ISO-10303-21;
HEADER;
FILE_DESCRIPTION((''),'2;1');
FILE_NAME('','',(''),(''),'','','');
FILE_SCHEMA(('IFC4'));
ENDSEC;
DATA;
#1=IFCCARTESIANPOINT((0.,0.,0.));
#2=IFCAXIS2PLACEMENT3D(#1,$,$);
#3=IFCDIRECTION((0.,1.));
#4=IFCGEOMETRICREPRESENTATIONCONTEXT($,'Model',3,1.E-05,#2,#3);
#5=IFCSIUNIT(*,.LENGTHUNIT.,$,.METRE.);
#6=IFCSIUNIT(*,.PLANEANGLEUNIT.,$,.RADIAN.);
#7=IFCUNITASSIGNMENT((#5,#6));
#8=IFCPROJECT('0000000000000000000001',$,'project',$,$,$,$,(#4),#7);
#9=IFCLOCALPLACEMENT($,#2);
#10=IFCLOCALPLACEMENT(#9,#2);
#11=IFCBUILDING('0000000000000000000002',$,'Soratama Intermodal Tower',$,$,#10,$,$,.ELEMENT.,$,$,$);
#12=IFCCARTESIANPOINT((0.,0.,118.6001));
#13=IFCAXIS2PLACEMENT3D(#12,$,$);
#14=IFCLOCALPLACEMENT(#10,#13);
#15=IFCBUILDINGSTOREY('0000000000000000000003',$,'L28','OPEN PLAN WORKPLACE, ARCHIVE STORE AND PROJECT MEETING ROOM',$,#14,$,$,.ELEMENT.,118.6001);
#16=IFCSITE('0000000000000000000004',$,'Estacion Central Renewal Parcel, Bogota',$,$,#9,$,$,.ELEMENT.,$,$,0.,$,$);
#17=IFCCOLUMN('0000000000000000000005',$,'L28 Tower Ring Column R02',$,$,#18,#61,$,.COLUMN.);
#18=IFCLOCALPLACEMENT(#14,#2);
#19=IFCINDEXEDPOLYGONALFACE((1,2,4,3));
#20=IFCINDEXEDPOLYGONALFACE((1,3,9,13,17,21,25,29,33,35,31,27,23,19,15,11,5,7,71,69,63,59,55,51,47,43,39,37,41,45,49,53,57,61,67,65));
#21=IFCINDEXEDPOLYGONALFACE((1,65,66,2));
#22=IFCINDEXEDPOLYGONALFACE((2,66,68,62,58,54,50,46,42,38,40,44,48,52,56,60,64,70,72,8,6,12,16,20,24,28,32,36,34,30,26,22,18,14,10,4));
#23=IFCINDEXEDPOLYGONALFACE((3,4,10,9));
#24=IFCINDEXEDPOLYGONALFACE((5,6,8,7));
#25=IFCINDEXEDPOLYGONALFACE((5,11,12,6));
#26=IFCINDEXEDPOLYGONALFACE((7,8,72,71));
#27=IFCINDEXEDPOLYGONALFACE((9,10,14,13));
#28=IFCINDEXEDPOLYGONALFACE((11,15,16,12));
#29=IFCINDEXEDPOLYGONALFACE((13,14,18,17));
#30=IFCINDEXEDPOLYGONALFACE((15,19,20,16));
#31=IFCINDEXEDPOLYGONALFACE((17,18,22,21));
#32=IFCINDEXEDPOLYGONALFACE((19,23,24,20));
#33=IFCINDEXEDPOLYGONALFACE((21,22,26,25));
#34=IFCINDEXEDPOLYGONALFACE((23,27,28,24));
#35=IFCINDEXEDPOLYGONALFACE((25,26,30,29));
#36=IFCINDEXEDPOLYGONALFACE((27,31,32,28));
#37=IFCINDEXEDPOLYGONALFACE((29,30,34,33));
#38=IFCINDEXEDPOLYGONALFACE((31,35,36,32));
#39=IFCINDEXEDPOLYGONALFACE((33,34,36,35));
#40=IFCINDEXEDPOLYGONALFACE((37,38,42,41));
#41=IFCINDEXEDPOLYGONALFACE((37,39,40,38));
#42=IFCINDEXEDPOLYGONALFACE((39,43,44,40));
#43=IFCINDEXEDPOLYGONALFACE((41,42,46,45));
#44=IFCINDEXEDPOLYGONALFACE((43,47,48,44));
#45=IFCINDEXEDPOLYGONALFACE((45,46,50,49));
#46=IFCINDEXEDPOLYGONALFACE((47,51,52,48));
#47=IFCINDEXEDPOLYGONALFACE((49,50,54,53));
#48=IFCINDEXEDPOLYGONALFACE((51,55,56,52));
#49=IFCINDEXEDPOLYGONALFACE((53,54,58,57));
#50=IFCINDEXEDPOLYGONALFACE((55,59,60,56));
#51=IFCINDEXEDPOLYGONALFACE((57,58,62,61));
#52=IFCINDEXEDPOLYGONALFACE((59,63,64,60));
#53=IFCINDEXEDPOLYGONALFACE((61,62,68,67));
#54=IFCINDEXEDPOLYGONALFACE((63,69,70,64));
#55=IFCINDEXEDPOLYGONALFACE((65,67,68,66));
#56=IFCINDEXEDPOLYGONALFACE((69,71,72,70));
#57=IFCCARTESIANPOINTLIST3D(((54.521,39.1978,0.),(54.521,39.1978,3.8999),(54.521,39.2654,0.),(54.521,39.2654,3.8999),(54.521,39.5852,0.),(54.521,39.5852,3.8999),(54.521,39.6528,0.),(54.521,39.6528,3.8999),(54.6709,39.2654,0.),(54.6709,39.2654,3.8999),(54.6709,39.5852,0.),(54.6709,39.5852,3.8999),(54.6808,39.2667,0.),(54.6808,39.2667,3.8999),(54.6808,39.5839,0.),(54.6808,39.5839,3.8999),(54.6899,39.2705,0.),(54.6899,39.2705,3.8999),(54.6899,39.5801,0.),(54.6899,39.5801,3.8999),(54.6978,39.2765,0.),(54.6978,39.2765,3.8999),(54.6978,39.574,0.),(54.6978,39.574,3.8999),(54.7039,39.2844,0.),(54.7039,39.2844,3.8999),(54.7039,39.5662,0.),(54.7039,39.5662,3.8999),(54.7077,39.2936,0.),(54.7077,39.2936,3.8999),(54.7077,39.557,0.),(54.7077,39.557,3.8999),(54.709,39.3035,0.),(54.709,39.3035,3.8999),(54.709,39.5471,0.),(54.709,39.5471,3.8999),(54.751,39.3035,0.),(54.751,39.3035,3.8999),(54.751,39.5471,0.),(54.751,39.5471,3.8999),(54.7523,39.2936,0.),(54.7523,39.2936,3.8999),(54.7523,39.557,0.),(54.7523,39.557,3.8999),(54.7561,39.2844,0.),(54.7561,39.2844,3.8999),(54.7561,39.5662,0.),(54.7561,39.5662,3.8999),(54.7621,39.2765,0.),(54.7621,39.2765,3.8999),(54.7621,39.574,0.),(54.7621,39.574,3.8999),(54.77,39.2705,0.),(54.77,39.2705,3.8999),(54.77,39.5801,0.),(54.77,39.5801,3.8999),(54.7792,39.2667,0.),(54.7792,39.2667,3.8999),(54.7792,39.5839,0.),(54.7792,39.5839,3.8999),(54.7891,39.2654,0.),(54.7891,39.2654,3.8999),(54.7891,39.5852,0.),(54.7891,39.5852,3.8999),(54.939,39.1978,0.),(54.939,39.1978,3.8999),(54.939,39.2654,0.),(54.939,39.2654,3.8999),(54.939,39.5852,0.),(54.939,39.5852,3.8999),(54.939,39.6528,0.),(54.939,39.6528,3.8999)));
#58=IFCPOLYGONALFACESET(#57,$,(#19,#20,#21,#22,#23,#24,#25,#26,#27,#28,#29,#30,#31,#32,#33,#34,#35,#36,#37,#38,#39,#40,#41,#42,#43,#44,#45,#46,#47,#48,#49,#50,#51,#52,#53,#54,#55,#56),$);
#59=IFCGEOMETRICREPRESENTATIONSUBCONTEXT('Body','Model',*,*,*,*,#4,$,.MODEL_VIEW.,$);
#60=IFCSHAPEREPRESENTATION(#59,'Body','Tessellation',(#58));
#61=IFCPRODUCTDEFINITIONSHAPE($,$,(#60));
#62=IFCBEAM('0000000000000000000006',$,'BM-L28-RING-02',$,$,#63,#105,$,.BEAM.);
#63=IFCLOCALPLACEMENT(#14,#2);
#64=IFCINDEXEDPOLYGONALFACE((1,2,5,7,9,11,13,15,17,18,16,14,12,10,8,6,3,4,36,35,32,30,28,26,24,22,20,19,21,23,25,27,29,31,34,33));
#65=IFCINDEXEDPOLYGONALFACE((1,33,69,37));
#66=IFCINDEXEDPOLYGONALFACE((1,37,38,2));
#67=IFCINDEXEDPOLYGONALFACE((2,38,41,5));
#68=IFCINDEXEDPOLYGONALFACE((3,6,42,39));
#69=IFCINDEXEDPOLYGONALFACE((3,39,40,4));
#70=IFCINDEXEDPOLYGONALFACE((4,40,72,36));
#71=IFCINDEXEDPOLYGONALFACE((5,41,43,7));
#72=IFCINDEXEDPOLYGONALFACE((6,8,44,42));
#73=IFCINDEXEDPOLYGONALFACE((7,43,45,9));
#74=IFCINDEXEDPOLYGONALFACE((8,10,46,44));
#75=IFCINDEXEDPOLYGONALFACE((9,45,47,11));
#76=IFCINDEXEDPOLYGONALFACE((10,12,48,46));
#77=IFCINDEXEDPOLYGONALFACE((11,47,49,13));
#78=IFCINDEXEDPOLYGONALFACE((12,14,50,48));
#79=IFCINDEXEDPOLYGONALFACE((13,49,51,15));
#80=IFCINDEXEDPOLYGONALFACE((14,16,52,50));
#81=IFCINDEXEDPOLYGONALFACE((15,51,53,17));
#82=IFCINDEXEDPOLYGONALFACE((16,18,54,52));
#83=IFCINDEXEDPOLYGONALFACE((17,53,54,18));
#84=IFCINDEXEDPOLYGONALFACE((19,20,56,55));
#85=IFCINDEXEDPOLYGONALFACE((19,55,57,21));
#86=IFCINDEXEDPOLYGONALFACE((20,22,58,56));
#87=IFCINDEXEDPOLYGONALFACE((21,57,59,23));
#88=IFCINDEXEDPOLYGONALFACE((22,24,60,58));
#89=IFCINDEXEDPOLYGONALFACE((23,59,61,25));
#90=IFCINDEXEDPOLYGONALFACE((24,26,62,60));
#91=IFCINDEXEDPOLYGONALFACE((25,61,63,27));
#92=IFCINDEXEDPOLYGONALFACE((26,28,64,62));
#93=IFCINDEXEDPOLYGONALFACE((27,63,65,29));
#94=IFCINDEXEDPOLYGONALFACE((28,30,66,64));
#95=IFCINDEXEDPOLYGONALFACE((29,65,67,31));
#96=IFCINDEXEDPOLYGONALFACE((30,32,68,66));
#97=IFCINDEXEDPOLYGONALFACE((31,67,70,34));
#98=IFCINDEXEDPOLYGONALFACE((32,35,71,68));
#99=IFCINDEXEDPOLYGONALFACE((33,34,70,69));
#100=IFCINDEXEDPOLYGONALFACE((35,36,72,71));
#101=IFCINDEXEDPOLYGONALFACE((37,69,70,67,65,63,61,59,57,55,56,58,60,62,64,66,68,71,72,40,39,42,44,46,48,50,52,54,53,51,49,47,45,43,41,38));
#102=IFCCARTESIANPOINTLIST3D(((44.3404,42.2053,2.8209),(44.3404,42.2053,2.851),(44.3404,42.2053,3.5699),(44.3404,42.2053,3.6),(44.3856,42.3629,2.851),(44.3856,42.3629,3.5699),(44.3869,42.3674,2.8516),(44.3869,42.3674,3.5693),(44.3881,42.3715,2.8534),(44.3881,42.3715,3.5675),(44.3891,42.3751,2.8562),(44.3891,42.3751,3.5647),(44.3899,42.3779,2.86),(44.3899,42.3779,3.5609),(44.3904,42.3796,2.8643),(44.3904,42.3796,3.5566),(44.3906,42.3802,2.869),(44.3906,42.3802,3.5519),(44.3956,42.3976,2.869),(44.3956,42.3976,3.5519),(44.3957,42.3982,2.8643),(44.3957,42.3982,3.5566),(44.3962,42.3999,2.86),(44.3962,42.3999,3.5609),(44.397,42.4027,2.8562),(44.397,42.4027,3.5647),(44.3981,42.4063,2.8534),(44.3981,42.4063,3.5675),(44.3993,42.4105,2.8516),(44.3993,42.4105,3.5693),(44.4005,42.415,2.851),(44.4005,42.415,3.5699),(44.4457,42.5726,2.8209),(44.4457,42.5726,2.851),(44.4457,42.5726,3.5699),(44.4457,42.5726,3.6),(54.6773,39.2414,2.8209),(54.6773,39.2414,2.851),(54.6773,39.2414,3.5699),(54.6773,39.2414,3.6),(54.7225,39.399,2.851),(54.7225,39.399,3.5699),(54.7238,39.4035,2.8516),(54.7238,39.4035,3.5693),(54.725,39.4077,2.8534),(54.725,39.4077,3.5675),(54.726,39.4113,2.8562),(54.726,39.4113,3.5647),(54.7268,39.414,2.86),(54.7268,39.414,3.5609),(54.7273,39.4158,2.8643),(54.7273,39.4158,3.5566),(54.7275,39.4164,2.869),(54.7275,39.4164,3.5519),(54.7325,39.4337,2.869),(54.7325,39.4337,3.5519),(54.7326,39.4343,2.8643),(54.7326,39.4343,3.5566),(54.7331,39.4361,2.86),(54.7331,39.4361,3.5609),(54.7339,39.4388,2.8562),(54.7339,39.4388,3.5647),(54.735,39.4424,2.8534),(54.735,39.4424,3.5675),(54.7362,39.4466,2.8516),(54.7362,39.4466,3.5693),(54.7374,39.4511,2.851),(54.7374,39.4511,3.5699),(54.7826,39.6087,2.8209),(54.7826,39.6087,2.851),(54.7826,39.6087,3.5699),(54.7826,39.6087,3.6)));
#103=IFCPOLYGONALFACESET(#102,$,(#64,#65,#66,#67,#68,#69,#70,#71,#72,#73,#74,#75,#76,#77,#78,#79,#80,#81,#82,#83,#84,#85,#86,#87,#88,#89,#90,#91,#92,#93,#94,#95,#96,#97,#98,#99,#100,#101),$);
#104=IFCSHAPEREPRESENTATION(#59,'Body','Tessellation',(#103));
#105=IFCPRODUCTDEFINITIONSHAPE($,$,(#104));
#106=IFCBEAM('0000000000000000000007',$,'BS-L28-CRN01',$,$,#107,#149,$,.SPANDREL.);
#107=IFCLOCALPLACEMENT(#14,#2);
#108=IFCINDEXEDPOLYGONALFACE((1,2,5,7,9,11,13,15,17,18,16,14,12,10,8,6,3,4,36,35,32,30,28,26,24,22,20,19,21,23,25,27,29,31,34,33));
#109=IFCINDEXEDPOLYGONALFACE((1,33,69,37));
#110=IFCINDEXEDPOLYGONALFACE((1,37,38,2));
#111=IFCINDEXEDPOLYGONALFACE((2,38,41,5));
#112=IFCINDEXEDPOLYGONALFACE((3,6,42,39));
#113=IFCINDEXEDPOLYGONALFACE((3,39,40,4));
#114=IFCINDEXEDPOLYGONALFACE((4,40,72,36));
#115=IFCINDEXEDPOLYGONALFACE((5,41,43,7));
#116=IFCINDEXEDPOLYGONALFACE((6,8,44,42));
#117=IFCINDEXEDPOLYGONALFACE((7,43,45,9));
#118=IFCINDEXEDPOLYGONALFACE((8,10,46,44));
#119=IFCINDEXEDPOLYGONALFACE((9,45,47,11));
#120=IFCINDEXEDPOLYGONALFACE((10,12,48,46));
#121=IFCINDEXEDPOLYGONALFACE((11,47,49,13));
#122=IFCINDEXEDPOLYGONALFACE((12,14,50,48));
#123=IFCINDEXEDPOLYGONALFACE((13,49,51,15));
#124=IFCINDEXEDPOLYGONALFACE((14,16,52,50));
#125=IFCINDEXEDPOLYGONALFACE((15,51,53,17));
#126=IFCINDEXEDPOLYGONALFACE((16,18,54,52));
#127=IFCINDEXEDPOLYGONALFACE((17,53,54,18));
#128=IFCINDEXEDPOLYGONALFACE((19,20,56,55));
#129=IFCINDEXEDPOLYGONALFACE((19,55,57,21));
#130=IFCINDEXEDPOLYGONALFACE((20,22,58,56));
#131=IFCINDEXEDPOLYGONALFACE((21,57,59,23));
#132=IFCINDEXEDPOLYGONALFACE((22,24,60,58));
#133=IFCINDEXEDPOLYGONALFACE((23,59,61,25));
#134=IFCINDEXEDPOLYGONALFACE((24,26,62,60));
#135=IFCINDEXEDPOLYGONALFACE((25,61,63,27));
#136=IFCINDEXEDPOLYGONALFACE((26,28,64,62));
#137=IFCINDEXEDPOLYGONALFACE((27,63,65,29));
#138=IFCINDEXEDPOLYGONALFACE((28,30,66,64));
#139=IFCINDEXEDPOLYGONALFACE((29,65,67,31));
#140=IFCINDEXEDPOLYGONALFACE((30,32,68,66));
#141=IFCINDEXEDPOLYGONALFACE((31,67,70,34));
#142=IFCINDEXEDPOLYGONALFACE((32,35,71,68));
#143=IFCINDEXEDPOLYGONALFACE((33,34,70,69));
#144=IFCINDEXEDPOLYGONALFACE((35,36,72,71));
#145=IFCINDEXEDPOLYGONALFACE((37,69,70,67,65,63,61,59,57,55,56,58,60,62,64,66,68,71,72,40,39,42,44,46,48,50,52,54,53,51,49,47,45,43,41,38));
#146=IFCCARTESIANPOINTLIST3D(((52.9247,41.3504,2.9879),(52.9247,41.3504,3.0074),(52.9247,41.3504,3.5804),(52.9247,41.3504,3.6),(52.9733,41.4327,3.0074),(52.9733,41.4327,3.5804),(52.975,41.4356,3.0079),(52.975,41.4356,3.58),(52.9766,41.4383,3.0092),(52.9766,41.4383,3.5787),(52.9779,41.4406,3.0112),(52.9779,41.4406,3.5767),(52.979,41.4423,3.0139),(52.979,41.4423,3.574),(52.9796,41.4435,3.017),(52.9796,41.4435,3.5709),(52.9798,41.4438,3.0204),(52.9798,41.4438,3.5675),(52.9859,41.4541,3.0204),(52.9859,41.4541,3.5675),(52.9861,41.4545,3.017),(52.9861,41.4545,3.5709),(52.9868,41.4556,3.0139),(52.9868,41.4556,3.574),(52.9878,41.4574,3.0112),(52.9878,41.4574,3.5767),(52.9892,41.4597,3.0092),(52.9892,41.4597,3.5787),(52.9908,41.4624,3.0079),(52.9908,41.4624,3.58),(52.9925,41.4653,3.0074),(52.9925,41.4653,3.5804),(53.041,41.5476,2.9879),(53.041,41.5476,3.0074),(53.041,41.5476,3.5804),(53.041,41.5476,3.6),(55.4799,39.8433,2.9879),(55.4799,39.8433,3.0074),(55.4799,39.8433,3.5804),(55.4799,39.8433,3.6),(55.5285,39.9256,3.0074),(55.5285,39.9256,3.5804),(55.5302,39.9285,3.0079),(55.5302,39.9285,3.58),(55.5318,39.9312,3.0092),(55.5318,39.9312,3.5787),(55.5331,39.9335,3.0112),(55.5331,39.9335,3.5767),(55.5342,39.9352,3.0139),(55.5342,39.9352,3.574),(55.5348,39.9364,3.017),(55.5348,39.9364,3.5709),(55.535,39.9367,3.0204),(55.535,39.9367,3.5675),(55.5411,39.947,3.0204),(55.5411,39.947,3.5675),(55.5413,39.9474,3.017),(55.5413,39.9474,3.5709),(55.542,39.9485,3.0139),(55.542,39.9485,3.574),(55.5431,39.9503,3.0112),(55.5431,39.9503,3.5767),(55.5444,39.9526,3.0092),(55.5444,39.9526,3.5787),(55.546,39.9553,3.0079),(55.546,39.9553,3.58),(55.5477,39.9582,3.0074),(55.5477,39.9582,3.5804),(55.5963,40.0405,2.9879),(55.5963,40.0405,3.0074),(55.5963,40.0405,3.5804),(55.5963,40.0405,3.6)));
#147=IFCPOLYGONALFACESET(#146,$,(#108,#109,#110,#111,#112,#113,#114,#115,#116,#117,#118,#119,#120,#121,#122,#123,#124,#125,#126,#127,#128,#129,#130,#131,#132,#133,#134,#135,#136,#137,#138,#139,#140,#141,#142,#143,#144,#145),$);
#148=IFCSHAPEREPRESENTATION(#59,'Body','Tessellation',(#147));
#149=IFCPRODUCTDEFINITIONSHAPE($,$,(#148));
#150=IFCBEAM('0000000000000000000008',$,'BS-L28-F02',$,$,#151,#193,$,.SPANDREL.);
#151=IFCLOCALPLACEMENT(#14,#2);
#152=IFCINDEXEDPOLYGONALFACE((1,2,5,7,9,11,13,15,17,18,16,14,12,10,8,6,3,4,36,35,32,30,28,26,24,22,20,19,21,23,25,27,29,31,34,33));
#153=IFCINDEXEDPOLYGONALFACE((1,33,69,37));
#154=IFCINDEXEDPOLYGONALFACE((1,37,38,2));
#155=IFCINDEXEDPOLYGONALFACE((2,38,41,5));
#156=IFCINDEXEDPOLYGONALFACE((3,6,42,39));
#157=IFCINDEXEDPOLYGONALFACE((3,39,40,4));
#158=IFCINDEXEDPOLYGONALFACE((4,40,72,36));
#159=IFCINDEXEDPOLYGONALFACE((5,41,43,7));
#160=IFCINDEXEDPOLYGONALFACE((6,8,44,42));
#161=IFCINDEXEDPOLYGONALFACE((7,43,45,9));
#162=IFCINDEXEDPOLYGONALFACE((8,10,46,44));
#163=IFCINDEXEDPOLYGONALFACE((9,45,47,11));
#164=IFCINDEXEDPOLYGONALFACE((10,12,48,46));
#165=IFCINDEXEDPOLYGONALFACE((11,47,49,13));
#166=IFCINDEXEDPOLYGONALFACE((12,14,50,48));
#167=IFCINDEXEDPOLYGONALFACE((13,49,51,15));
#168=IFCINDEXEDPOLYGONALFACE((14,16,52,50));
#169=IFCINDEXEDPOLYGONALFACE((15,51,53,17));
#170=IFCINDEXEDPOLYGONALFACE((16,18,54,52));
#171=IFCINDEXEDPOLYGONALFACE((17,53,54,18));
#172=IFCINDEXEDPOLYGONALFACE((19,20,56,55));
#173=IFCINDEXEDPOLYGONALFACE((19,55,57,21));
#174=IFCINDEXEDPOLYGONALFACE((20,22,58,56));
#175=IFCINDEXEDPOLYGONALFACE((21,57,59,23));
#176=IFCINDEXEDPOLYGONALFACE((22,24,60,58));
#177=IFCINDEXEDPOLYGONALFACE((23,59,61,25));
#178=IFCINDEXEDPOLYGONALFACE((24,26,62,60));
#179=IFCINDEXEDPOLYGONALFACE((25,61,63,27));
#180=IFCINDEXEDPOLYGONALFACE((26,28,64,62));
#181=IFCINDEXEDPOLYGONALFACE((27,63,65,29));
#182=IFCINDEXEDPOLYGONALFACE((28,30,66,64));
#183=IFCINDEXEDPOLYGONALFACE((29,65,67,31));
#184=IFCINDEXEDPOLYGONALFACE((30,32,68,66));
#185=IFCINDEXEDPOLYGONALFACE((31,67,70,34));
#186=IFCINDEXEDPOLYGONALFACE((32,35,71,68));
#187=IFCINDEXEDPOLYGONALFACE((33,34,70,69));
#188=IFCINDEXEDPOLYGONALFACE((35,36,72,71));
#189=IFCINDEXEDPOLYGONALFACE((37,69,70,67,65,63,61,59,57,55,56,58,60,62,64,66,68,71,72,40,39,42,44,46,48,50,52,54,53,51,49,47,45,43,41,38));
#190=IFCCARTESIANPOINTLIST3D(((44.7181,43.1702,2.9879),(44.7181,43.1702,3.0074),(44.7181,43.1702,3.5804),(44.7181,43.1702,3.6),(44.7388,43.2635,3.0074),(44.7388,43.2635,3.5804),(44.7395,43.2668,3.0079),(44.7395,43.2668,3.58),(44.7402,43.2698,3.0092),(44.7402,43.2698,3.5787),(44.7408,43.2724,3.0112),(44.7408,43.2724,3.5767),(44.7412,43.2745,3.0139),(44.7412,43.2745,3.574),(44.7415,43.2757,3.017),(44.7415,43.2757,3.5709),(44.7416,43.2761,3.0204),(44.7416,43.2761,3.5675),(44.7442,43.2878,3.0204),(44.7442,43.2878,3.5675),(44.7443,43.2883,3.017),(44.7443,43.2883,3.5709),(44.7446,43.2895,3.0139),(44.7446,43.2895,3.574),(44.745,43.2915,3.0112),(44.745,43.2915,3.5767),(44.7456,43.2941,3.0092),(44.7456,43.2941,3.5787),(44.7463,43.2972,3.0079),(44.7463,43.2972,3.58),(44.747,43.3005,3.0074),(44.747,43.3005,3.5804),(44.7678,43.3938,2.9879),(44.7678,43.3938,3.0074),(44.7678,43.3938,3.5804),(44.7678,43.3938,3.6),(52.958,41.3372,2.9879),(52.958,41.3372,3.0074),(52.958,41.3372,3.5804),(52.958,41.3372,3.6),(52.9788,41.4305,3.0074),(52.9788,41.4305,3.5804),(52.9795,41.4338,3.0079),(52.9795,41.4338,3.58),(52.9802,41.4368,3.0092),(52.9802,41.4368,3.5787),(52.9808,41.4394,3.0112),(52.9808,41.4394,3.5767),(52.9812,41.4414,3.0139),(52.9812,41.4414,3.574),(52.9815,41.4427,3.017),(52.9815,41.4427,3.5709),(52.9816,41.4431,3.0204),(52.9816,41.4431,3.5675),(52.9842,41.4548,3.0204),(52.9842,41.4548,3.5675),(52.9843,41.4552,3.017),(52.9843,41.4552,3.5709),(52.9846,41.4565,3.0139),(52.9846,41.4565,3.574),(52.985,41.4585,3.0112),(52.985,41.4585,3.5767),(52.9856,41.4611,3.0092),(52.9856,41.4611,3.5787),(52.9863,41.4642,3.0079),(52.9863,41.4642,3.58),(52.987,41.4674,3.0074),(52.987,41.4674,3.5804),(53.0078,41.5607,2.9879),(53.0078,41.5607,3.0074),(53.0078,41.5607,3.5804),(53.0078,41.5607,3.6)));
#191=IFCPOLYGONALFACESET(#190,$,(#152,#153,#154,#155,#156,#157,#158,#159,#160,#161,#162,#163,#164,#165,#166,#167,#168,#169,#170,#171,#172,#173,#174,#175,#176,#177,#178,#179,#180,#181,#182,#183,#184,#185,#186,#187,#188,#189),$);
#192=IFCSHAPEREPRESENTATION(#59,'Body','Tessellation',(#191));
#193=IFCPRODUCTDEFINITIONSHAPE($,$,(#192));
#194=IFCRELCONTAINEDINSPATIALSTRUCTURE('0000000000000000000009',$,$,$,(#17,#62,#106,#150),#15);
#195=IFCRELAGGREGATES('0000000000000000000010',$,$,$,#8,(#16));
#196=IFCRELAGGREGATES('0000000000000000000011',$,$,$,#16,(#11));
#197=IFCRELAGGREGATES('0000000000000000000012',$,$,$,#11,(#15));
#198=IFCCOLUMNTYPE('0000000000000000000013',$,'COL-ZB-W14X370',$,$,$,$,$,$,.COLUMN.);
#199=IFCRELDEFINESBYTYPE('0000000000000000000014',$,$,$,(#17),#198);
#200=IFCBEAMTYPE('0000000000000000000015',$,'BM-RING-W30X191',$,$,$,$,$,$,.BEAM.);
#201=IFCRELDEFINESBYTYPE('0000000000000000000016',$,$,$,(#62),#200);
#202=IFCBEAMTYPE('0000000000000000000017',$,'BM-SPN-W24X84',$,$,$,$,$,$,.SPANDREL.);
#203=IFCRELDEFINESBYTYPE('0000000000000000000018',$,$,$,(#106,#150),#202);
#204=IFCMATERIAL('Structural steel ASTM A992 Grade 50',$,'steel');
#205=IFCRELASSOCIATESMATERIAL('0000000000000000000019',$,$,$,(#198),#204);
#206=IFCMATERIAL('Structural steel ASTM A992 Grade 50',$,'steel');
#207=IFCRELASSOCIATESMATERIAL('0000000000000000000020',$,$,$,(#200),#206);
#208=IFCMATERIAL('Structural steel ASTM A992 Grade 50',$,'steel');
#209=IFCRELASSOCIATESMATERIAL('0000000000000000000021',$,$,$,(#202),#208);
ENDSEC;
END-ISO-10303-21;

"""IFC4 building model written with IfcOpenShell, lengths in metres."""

from ifc_helpers import new_model, si_unit, direction, frame, origin, origin_2d, place, context, subcontext, project, spatial, i_section, extrude, material, material_profile, profile_set, type_object, element, save


model = new_model("IFC4")

# Units and contexts
model_context = context("Model", 3, precision=1e-05, world=origin(), true_north=direction((0.0, 1.0)))
body_context = subcontext(model_context, "Body", "Model", "MODEL_VIEW")
ifc_project = project(units=[si_unit("LENGTHUNIT", "METRE"), si_unit("PLANEANGLEUNIT", "RADIAN")], contexts=[model_context])

# Site, building, storey
site_placement = place(None, origin())
site = spatial("IfcSite", under=ifc_project, at=site_placement, Name="Estacion Central Renewal Parcel, Bogota", CompositionType="ELEMENT", RefElevation=0.0)
building_placement = place(site_placement, origin())
building = spatial("IfcBuilding", under=site, at=building_placement, Name="Soratama Intermodal Tower", CompositionType="ELEMENT")
storey_placement = place(building_placement, frame((0.0, 0.0, 118.6001)))
storey = spatial("IfcBuildingStorey", under=building, at=storey_placement, Name="L28", Description="OPEN PLAN WORKPLACE, ARCHIVE STORE AND PROJECT MEETING ROOM", CompositionType="ELEMENT", Elevation=118.6001)

# Column
ifc_material_1 = material(Name="Structural steel ASTM A992 Grade 50", Category="steel")
ifc_material_profile_1 = material_profile(ifc_material_1, i_section(OverallWidth=0.418, OverallDepth=0.4551, WebThickness=0.042, FlangeThickness=0.0676, FilletRadius=0.0381, at=origin_2d()), Name="W14X370")
ifc_profile_set_1 = profile_set([ifc_material_profile_1], Name="Structural steel ASTM A992 Grade 50")
column_type = type_object("IfcColumnType", Name="COL-ZB-W14X370", PredefinedType="COLUMN", material=ifc_profile_set_1)
column_placement = place(storey_placement, frame((54.73, 39.4253, 0.0), z_axis=(0.0, 0.0, 1.0), x_axis=(1.0, 0.0, 0.0)))
element("IfcColumn", 1, at=column_placement, inside=storey, type_object=column_type, Name="L28 Tower Ring Column R02", PredefinedType="COLUMN", context=body_context, shape_type="SweptSolid", body=[
    extrude(i_section(OverallWidth=0.418, OverallDepth=0.4551, WebThickness=0.042, FlangeThickness=0.0676, FilletRadius=0.0381, at=origin_2d()), origin(), (0.0, 0.0, 1.0), 3.8999),
])

# Beams
ifc_material_2 = material(Name="Structural steel ASTM A992 Grade 50", Category="steel")
ifc_material_profile_2 = material_profile(ifc_material_2, i_section(OverallWidth=0.3821, OverallDepth=0.7791, WebThickness=0.0181, FlangeThickness=0.03, FilletRadius=0.0181, at=origin_2d()), Name="W30X191")
ifc_profile_set_2 = profile_set([ifc_material_profile_2], Name="Structural steel ASTM A992 Grade 50")
beam_type_1 = type_object("IfcBeamType", Name="BM-RING-W30X191", PredefinedType="BEAM", material=ifc_profile_set_2)
beam_1_placement = place(storey_placement, frame((54.73, 39.425, 3.2104), z_axis=(-0.961267, 0.275621, 0.0), x_axis=(-0.275621, -0.961267, 0.0)))
element("IfcBeam", 2, at=beam_1_placement, inside=storey, type_object=beam_type_1, Name="BM-L28-RING-02", PredefinedType="BEAM", context=body_context, shape_type="SweptSolid", body=[
    extrude(i_section(OverallWidth=0.3821, OverallDepth=0.7791, WebThickness=0.0181, FlangeThickness=0.03, FilletRadius=0.0181, at=origin_2d()), origin(), (0.0, 0.0, 1.0), 10.7534),
])
ifc_material_3 = material(Name="Structural steel ASTM A992 Grade 50", Category="steel")
ifc_material_profile_3 = material_profile(ifc_material_3, i_section(OverallWidth=0.229, OverallDepth=0.6121, WebThickness=0.012, FlangeThickness=0.0195, FilletRadius=0.0129, at=origin_2d()), Name="W24X84")
ifc_profile_set_3 = profile_set([ifc_material_profile_3], Name="Structural steel ASTM A992 Grade 50")
beam_type_2 = type_object("IfcBeamType", Name="BM-SPN-W24X84", PredefinedType="SPANDREL", material=ifc_profile_set_3)
beam_2_placement = place(storey_placement, frame((55.5381, 39.9419, 3.2939), z_axis=(-0.861339, 0.50803, 0.0), x_axis=(-0.50803, -0.861339, 0.0)))
element("IfcBeam", 3, at=beam_2_placement, inside=storey, type_object=beam_type_2, Name="BS-L28-CRN01", PredefinedType="SPANDREL", context=body_context, shape_type="SweptSolid", body=[
    extrude(i_section(OverallWidth=0.229, OverallDepth=0.6121, WebThickness=0.012, FlangeThickness=0.0195, FilletRadius=0.0129, at=origin_2d()), origin(), (0.0, 0.0, 1.0), 2.9666),
])
beam_3_placement = place(storey_placement, frame((52.9829, 41.449, 3.2939), z_axis=(-0.976139, 0.217145, 0.0), x_axis=(-0.217145, -0.976139, 0.0)))
element("IfcBeam", 4, at=beam_3_placement, inside=storey, type_object=beam_type_2, Name="BS-L28-F02", PredefinedType="SPANDREL", context=body_context, shape_type="SweptSolid", body=[
    extrude(i_section(OverallWidth=0.229, OverallDepth=0.6121, WebThickness=0.012, FlangeThickness=0.0195, FilletRadius=0.0129, at=origin_2d()), origin(), (0.0, 0.0, 1.0), 8.4414),
])

save(model, "model.ifc")
